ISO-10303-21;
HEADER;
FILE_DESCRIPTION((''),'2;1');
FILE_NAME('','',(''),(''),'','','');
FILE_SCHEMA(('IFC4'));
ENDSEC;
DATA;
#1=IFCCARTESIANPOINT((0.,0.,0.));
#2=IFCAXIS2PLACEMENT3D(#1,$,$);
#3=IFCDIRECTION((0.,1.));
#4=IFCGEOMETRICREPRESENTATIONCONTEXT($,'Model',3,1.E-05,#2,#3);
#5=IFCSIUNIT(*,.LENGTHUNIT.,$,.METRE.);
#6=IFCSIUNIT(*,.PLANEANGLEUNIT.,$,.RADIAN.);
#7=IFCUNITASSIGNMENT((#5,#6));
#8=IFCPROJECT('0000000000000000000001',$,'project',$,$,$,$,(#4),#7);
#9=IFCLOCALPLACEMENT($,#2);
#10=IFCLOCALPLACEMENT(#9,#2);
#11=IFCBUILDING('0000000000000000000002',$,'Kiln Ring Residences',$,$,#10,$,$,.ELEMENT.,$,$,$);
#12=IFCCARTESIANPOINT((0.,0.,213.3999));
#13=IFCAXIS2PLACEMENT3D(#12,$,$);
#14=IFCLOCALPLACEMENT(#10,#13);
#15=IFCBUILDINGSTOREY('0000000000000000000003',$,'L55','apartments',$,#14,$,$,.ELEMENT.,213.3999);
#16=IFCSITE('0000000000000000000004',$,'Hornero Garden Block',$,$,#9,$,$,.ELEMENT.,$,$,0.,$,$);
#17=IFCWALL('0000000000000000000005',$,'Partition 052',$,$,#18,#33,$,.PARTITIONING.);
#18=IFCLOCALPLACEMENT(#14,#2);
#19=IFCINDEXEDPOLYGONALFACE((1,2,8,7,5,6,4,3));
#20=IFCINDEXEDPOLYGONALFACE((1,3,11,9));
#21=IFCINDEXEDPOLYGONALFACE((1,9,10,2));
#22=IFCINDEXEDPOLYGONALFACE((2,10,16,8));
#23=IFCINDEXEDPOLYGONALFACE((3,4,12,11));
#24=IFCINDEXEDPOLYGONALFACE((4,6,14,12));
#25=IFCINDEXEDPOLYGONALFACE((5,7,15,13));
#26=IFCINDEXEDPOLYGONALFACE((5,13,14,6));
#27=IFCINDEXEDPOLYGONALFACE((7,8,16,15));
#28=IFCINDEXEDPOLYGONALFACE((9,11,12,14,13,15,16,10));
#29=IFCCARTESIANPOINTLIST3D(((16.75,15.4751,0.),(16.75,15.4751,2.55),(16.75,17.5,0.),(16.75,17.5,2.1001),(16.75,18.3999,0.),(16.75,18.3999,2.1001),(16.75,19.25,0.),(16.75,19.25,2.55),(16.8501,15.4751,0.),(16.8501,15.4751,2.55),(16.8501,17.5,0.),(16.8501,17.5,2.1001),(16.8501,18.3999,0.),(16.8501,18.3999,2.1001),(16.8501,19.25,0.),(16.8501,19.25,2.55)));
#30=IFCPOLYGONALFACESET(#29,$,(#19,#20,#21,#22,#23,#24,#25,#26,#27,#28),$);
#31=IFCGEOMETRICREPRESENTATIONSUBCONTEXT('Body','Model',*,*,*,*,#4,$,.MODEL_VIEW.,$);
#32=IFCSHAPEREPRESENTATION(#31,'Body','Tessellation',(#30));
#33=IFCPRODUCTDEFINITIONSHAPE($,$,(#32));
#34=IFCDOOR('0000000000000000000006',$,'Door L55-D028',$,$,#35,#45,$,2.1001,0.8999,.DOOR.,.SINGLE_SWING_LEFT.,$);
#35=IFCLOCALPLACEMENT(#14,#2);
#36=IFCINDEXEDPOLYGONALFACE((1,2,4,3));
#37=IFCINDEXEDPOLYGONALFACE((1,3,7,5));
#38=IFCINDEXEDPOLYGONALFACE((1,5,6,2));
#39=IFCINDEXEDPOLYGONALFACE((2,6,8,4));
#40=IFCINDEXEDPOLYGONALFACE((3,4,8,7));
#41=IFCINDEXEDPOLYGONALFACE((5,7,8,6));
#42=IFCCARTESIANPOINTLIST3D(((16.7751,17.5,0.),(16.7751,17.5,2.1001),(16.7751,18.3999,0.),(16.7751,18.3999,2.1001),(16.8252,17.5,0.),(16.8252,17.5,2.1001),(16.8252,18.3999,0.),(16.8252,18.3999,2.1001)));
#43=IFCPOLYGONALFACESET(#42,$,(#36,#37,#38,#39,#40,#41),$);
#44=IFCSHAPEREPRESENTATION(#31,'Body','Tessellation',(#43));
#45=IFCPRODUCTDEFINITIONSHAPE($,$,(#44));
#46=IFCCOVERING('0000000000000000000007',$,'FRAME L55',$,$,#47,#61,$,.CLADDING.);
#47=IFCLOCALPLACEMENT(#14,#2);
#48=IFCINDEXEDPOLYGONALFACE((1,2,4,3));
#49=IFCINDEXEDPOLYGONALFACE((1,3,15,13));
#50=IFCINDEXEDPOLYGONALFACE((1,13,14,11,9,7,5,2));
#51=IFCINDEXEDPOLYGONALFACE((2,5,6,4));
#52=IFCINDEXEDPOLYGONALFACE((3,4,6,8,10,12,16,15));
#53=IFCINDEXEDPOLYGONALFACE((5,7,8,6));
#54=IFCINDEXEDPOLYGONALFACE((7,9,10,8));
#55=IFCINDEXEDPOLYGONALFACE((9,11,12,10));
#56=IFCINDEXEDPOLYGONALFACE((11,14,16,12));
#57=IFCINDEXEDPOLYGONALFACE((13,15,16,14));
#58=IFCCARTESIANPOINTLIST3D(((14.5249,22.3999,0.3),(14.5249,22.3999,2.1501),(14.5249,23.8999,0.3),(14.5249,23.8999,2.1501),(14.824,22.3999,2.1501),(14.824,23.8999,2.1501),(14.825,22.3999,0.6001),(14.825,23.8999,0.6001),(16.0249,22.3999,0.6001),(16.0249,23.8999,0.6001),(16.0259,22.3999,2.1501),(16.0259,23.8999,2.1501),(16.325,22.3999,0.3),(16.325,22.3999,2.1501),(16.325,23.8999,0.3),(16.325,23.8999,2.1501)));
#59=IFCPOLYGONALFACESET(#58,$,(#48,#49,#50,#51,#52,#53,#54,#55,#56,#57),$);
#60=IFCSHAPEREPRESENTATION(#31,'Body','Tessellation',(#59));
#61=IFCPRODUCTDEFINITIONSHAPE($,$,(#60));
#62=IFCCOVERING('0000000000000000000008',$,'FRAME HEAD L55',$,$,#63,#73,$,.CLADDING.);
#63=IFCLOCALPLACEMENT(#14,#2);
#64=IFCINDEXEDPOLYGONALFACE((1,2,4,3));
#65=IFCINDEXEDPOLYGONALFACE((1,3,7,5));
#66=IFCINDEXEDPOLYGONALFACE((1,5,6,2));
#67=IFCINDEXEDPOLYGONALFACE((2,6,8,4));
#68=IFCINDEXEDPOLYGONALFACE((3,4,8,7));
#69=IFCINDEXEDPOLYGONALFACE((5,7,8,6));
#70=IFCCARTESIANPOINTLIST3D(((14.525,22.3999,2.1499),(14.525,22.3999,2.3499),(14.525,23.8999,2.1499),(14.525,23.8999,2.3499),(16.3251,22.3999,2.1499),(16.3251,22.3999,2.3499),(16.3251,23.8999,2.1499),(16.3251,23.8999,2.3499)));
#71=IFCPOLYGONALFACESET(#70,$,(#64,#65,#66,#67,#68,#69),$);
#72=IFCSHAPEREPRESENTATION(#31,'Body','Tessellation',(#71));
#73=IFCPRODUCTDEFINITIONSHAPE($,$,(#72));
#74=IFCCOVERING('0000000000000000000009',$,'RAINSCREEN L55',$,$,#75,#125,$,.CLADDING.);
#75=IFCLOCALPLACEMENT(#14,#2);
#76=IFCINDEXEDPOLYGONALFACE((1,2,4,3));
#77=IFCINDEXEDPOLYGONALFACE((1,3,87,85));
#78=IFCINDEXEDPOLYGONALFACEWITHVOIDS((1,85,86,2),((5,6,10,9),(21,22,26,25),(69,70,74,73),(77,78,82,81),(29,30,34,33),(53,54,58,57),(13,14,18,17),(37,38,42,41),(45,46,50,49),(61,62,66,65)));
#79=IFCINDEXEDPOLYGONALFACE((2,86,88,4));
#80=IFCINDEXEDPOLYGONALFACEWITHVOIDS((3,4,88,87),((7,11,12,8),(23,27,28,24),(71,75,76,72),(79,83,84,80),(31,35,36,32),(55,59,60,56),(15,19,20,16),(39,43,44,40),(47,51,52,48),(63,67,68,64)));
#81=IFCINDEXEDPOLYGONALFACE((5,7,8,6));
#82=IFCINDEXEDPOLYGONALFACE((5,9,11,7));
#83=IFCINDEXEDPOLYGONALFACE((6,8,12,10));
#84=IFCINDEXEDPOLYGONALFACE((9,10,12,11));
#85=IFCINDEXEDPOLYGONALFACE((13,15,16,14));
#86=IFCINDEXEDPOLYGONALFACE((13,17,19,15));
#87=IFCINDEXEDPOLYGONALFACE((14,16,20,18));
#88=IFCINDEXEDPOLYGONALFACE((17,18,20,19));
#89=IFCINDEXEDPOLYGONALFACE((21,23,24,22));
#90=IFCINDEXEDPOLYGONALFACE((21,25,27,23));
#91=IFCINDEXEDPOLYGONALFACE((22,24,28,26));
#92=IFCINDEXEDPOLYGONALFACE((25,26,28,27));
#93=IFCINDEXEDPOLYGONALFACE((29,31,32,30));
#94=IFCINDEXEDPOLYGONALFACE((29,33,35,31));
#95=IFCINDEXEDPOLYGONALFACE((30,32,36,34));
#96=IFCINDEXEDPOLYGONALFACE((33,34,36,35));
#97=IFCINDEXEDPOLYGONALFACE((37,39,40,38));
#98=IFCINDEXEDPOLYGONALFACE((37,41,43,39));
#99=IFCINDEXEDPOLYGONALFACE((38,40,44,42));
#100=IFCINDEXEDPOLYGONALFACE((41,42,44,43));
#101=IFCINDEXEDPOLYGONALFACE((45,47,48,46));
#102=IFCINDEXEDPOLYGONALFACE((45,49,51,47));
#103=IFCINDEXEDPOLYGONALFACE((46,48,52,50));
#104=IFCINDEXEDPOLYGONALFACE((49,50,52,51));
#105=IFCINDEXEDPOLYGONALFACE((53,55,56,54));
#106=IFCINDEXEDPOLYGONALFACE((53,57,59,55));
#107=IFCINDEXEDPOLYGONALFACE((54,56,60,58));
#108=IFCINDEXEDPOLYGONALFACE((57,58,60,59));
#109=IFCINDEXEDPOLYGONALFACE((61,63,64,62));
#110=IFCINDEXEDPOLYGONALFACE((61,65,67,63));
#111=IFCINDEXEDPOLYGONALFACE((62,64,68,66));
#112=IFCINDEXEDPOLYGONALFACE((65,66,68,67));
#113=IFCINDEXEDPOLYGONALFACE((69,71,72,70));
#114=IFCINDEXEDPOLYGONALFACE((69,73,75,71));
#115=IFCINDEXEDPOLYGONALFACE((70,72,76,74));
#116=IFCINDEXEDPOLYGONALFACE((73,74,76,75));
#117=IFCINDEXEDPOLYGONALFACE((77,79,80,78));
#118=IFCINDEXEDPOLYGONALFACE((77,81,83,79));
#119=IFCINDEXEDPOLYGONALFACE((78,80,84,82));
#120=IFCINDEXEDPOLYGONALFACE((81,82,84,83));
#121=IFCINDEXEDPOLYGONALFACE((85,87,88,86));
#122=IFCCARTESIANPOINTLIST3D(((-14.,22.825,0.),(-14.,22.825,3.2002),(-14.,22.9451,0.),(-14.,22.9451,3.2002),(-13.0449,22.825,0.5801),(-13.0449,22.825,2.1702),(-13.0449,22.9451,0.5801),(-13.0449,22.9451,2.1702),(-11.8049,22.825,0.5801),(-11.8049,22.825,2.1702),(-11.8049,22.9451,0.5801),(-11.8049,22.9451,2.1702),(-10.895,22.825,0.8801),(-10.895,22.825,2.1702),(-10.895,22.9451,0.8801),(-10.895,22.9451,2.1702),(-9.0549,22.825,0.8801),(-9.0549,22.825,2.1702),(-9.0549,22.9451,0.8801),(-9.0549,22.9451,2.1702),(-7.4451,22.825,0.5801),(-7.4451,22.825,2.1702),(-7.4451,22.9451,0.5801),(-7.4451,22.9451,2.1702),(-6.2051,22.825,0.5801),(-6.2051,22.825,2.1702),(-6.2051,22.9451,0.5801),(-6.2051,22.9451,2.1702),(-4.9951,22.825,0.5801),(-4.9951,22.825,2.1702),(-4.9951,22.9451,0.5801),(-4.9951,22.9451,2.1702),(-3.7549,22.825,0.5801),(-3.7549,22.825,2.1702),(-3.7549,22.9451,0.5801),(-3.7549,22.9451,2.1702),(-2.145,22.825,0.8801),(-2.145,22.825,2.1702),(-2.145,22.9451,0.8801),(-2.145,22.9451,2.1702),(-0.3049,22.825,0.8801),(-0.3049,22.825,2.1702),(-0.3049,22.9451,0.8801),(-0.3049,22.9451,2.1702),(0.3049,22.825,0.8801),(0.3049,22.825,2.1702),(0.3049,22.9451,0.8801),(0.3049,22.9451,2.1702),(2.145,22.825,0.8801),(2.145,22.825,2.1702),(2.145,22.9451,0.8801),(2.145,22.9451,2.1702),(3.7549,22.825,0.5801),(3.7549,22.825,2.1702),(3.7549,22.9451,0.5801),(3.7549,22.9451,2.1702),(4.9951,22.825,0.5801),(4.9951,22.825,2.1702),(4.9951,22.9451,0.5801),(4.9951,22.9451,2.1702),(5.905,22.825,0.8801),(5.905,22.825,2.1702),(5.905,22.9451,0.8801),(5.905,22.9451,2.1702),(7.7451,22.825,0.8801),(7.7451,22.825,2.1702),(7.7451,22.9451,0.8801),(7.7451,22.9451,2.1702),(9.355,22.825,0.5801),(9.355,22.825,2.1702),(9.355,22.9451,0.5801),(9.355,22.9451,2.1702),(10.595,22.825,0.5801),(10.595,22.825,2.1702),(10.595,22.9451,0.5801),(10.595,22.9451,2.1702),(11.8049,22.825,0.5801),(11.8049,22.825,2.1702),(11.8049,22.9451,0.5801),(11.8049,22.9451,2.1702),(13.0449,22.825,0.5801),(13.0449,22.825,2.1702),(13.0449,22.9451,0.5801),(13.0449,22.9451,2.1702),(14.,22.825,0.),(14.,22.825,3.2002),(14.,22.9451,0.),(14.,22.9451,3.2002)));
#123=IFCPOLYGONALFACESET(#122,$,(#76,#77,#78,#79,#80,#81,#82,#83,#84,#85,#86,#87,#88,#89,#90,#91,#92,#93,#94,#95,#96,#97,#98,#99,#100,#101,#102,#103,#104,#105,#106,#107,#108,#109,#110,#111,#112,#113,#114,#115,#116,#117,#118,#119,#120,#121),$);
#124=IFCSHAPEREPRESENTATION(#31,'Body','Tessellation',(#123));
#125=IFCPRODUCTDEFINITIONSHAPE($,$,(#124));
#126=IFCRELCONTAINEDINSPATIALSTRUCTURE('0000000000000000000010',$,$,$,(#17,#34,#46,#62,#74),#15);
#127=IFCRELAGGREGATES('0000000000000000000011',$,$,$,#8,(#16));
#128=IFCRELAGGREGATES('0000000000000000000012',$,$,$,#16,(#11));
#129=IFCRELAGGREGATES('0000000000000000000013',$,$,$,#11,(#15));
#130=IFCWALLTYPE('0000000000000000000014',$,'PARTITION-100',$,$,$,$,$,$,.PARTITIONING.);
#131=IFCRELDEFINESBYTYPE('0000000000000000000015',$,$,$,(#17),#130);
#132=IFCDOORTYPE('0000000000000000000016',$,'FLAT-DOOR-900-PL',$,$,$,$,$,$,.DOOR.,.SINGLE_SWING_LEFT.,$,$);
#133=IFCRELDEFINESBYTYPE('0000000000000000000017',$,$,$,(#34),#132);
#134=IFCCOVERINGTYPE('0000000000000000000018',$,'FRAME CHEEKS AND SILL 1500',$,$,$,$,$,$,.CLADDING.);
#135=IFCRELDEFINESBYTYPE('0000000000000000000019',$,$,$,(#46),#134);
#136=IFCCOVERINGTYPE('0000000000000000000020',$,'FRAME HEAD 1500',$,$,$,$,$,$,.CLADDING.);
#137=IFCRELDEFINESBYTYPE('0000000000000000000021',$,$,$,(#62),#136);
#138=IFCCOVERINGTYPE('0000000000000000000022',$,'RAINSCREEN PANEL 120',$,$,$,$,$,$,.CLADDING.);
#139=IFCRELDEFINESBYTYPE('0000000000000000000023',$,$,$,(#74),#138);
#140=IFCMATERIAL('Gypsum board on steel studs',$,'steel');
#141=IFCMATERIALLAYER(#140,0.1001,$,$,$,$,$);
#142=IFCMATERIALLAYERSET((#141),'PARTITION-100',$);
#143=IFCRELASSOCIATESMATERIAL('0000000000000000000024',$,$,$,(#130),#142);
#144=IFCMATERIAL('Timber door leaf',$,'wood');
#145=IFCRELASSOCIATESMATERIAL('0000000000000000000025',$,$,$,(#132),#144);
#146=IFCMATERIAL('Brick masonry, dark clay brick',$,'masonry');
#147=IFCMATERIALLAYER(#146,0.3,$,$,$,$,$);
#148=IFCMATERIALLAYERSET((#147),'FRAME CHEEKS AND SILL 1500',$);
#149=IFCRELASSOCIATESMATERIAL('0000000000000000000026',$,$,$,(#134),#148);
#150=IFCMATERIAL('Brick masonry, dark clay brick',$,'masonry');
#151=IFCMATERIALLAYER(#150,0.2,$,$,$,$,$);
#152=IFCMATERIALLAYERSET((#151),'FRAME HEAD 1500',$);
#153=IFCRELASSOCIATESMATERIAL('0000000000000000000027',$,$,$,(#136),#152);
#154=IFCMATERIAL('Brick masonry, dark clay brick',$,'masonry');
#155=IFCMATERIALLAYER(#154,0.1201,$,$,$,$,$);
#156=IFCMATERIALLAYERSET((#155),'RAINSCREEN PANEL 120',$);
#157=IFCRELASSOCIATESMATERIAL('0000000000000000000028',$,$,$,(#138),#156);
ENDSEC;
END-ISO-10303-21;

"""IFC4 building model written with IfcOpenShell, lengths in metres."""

from ifc_helpers import new_model, si_unit, direction, frame, frame_2d, origin, origin_2d, place, context, subcontext, project, spatial, polyline, rectangle, outline, extrude, material, layer, layer_set, type_object, element, fill, save


model = new_model("IFC4")

# Units and contexts
model_context = context("Model", 3, precision=1e-05, world=origin(), true_north=direction((0.0, 1.0)))
body_context = subcontext(model_context, "Body", "Model", "MODEL_VIEW")
ifc_project = project(units=[si_unit("LENGTHUNIT", "METRE"), si_unit("PLANEANGLEUNIT", "RADIAN")], contexts=[model_context])

# Site, building, storey
site_placement = place(None, origin())
site = spatial("IfcSite", under=ifc_project, at=site_placement, Name="Hornero Garden Block", CompositionType="ELEMENT", RefElevation=0.0)
building_placement = place(site_placement, origin())
building = spatial("IfcBuilding", under=site, at=building_placement, Name="Kiln Ring Residences", CompositionType="ELEMENT")
storey_placement = place(building_placement, frame((0.0, 0.0, 213.3999)))
storey = spatial("IfcBuildingStorey", under=building, at=storey_placement, Name="L55", Description="apartments", CompositionType="ELEMENT", Elevation=213.3999)

# Wall, opening, door
ifc_material_1 = material(Name="Gypsum board on steel studs", Category="steel")
ifc_layer_1 = layer(ifc_material_1, 0.1001)
ifc_layer_set_1 = layer_set([ifc_layer_1], Name="PARTITION-100")
wall_type_1 = type_object("IfcWallType", Name="PARTITION-100", PredefinedType="PARTITIONING", material=ifc_layer_set_1)
ifc_material_2 = material(Name="Timber door leaf", Category="wood")
door_type = type_object("IfcDoorType", Name="FLAT-DOOR-900-PL", OperationType="SINGLE_SWING_LEFT", PredefinedType="DOOR", material=ifc_material_2)
wall_1_placement = place(storey_placement, frame((16.8, 15.4751, 0.0), z_axis=(0.0, 0.0, 1.0), x_axis=(0.0, 1.0, 0.0)))
wall_1 = element("IfcWall", 1, at=wall_1_placement, inside=storey, type_object=wall_type_1, Name="Partition 052", PredefinedType="PARTITIONING", context=body_context, shape_type="SweptSolid", body=[
    extrude(rectangle(XDim=3.7749, YDim=0.1001, at=frame_2d((1.8875, 0.0))), origin(), (0.0, 0.0, 1.0), 2.55),
])
opening_1_placement = place(wall_1_placement, frame((2.0249, 0.0, 0.0)))
opening_1 = element("IfcOpeningElement", 2, at=opening_1_placement, cuts=wall_1, PredefinedType="OPENING", context=body_context, shape_type="SweptSolid", body=[
    extrude(rectangle(XDim=0.8999, YDim=2.1001, at=frame_2d((0.45, 1.05))), frame((0.0, 0.0601, 0.0), z_axis=(0.0, -1.0, 0.0), x_axis=(1.0, 0.0, 0.0)), (0.0, 0.0, 1.0), 0.1201),
])
door_1_placement = place(opening_1_placement, origin())
door_1 = element("IfcDoor", 3, at=door_1_placement, inside=storey, type_object=door_type, Name="Door L55-D028", OperationType="SINGLE_SWING_LEFT", OverallHeight=2.1001, OverallWidth=0.8999, PredefinedType="DOOR", context=body_context, shape_type="SweptSolid", body=[
    extrude(rectangle(XDim=0.8999, YDim=2.1001, at=frame_2d((0.45, 1.05))), frame((0.0, 0.0249, 0.0), z_axis=(0.0, -1.0, 0.0), x_axis=(1.0, 0.0, 0.0)), (0.0, 0.0, 1.0), 0.05),
])
fill(opening_1, door_1)

# Coverings
ifc_material_3 = material(Name="Brick masonry, dark clay brick", Category="masonry")
ifc_layer_2 = layer(ifc_material_3, 0.3)
ifc_layer_set_2 = layer_set([ifc_layer_2], Name="FRAME CHEEKS AND SILL 1500")
covering_type_1 = type_object("IfcCoveringType", Name="FRAME CHEEKS AND SILL 1500", PredefinedType="CLADDING", material=ifc_layer_set_2)
covering_1_placement = place(storey_placement, frame((16.325, 23.1499, 0.3), z_axis=(0.0, 0.0, 1.0), x_axis=(-1.0, 0.0, 0.0)))
element("IfcCovering", 4, at=covering_1_placement, inside=storey, type_object=covering_type_1, Name="FRAME L55", PredefinedType="CLADDING", context=body_context, shape_type="SweptSolid", body=[
    extrude(outline(polyline([(0.0, 0.0), (1.8, 0.0), (1.8, 1.8501), (1.501, 1.8501), (1.5, 0.3), (0.3, 0.3), (0.2991, 1.8501), (0.0, 1.8501), (0.0, 0.0)])), frame((0.0, 0.75, 0.0), z_axis=(0.0, -1.0, 0.0), x_axis=(1.0, 0.0, 0.0)), (0.0, 0.0, 1.0), 1.5),
])
ifc_material_4 = material(Name="Brick masonry, dark clay brick", Category="masonry")
ifc_layer_3 = layer(ifc_material_4, 0.2)
ifc_layer_set_3 = layer_set([ifc_layer_3], Name="FRAME HEAD 1500")
covering_type_2 = type_object("IfcCoveringType", Name="FRAME HEAD 1500", PredefinedType="CLADDING", material=ifc_layer_set_3)
covering_2_placement = place(storey_placement, frame((15.425, 23.1499, 2.1499), z_axis=(0.0, 0.0, 1.0), x_axis=(-1.0, 0.0, 0.0)))
element("IfcCovering", 5, at=covering_2_placement, inside=storey, type_object=covering_type_2, Name="FRAME HEAD L55", PredefinedType="CLADDING", context=body_context, shape_type="SweptSolid", body=[
    extrude(rectangle(XDim=1.8, YDim=1.5, at=origin_2d()), origin(), (0.0, 0.0, 1.0), 0.2),
])
ifc_material_5 = material(Name="Brick masonry, dark clay brick", Category="masonry")
ifc_layer_4 = layer(ifc_material_5, 0.1201)
ifc_layer_set_4 = layer_set([ifc_layer_4], Name="RAINSCREEN PANEL 120")
covering_type_3 = type_object("IfcCoveringType", Name="RAINSCREEN PANEL 120", PredefinedType="CLADDING", material=ifc_layer_set_4)
covering_3_placement = place(storey_placement, frame((14.0, 22.885, 0.0), z_axis=(0.0, 0.0, 1.0), x_axis=(-1.0, 0.0, 0.0)))
element("IfcCovering", 6, at=covering_3_placement, inside=storey, type_object=covering_type_3, Name="RAINSCREEN L55", PredefinedType="CLADDING", context=body_context, shape_type="SweptSolid", body=[
    extrude(outline(polyline([(0.0, 0.0), (28.0, 0.0), (28.0, 3.2002), (0.0, 3.2002), (0.0, 0.0)]), holes=[polyline([(0.9551, 0.5801), (2.1951, 0.5801), (2.1951, 2.1702), (0.9551, 2.1702), (0.9551, 0.5801)]), polyline([(3.405, 0.5801), (4.645, 0.5801), (4.645, 2.1702), (3.405, 2.1702), (3.405, 0.5801)]), polyline([(9.0049, 0.5801), (10.2451, 0.5801), (10.2451, 2.1702), (9.0049, 2.1702), (9.0049, 0.5801)]), polyline([(17.7549, 2.1702), (17.7549, 0.5801), (18.9951, 0.5801), (18.9951, 2.1702), (17.7549, 2.1702)]), polyline([(20.2051, 2.1702), (20.2051, 0.5801), (21.4451, 0.5801), (21.4451, 2.1702), (20.2051, 2.1702)]), polyline([(25.8049, 0.5801), (27.0449, 0.5801), (27.0449, 2.1702), (25.8049, 2.1702), (25.8049, 0.5801)]), polyline([(6.2549, 0.8801), (8.095, 0.8801), (8.095, 2.1702), (6.2549, 2.1702), (6.2549, 0.8801)]), polyline([(11.855, 0.8801), (13.6951, 0.8801), (13.6951, 2.1702), (11.855, 2.1702), (11.855, 0.8801)]), polyline([(14.3049, 2.1702), (14.3049, 0.8801), (16.145, 0.8801), (16.145, 2.1702), (14.3049, 2.1702)]), polyline([(23.0549, 2.1702), (23.0549, 0.8801), (24.895, 0.8801), (24.895, 2.1702), (23.0549, 2.1702)])]), frame((0.0, 0.0601, 0.0), z_axis=(0.0, -1.0, 0.0), x_axis=(1.0, 0.0, 0.0)), (0.0, 0.0, 1.0), 0.1201),
])

save(model, "model.ifc")
